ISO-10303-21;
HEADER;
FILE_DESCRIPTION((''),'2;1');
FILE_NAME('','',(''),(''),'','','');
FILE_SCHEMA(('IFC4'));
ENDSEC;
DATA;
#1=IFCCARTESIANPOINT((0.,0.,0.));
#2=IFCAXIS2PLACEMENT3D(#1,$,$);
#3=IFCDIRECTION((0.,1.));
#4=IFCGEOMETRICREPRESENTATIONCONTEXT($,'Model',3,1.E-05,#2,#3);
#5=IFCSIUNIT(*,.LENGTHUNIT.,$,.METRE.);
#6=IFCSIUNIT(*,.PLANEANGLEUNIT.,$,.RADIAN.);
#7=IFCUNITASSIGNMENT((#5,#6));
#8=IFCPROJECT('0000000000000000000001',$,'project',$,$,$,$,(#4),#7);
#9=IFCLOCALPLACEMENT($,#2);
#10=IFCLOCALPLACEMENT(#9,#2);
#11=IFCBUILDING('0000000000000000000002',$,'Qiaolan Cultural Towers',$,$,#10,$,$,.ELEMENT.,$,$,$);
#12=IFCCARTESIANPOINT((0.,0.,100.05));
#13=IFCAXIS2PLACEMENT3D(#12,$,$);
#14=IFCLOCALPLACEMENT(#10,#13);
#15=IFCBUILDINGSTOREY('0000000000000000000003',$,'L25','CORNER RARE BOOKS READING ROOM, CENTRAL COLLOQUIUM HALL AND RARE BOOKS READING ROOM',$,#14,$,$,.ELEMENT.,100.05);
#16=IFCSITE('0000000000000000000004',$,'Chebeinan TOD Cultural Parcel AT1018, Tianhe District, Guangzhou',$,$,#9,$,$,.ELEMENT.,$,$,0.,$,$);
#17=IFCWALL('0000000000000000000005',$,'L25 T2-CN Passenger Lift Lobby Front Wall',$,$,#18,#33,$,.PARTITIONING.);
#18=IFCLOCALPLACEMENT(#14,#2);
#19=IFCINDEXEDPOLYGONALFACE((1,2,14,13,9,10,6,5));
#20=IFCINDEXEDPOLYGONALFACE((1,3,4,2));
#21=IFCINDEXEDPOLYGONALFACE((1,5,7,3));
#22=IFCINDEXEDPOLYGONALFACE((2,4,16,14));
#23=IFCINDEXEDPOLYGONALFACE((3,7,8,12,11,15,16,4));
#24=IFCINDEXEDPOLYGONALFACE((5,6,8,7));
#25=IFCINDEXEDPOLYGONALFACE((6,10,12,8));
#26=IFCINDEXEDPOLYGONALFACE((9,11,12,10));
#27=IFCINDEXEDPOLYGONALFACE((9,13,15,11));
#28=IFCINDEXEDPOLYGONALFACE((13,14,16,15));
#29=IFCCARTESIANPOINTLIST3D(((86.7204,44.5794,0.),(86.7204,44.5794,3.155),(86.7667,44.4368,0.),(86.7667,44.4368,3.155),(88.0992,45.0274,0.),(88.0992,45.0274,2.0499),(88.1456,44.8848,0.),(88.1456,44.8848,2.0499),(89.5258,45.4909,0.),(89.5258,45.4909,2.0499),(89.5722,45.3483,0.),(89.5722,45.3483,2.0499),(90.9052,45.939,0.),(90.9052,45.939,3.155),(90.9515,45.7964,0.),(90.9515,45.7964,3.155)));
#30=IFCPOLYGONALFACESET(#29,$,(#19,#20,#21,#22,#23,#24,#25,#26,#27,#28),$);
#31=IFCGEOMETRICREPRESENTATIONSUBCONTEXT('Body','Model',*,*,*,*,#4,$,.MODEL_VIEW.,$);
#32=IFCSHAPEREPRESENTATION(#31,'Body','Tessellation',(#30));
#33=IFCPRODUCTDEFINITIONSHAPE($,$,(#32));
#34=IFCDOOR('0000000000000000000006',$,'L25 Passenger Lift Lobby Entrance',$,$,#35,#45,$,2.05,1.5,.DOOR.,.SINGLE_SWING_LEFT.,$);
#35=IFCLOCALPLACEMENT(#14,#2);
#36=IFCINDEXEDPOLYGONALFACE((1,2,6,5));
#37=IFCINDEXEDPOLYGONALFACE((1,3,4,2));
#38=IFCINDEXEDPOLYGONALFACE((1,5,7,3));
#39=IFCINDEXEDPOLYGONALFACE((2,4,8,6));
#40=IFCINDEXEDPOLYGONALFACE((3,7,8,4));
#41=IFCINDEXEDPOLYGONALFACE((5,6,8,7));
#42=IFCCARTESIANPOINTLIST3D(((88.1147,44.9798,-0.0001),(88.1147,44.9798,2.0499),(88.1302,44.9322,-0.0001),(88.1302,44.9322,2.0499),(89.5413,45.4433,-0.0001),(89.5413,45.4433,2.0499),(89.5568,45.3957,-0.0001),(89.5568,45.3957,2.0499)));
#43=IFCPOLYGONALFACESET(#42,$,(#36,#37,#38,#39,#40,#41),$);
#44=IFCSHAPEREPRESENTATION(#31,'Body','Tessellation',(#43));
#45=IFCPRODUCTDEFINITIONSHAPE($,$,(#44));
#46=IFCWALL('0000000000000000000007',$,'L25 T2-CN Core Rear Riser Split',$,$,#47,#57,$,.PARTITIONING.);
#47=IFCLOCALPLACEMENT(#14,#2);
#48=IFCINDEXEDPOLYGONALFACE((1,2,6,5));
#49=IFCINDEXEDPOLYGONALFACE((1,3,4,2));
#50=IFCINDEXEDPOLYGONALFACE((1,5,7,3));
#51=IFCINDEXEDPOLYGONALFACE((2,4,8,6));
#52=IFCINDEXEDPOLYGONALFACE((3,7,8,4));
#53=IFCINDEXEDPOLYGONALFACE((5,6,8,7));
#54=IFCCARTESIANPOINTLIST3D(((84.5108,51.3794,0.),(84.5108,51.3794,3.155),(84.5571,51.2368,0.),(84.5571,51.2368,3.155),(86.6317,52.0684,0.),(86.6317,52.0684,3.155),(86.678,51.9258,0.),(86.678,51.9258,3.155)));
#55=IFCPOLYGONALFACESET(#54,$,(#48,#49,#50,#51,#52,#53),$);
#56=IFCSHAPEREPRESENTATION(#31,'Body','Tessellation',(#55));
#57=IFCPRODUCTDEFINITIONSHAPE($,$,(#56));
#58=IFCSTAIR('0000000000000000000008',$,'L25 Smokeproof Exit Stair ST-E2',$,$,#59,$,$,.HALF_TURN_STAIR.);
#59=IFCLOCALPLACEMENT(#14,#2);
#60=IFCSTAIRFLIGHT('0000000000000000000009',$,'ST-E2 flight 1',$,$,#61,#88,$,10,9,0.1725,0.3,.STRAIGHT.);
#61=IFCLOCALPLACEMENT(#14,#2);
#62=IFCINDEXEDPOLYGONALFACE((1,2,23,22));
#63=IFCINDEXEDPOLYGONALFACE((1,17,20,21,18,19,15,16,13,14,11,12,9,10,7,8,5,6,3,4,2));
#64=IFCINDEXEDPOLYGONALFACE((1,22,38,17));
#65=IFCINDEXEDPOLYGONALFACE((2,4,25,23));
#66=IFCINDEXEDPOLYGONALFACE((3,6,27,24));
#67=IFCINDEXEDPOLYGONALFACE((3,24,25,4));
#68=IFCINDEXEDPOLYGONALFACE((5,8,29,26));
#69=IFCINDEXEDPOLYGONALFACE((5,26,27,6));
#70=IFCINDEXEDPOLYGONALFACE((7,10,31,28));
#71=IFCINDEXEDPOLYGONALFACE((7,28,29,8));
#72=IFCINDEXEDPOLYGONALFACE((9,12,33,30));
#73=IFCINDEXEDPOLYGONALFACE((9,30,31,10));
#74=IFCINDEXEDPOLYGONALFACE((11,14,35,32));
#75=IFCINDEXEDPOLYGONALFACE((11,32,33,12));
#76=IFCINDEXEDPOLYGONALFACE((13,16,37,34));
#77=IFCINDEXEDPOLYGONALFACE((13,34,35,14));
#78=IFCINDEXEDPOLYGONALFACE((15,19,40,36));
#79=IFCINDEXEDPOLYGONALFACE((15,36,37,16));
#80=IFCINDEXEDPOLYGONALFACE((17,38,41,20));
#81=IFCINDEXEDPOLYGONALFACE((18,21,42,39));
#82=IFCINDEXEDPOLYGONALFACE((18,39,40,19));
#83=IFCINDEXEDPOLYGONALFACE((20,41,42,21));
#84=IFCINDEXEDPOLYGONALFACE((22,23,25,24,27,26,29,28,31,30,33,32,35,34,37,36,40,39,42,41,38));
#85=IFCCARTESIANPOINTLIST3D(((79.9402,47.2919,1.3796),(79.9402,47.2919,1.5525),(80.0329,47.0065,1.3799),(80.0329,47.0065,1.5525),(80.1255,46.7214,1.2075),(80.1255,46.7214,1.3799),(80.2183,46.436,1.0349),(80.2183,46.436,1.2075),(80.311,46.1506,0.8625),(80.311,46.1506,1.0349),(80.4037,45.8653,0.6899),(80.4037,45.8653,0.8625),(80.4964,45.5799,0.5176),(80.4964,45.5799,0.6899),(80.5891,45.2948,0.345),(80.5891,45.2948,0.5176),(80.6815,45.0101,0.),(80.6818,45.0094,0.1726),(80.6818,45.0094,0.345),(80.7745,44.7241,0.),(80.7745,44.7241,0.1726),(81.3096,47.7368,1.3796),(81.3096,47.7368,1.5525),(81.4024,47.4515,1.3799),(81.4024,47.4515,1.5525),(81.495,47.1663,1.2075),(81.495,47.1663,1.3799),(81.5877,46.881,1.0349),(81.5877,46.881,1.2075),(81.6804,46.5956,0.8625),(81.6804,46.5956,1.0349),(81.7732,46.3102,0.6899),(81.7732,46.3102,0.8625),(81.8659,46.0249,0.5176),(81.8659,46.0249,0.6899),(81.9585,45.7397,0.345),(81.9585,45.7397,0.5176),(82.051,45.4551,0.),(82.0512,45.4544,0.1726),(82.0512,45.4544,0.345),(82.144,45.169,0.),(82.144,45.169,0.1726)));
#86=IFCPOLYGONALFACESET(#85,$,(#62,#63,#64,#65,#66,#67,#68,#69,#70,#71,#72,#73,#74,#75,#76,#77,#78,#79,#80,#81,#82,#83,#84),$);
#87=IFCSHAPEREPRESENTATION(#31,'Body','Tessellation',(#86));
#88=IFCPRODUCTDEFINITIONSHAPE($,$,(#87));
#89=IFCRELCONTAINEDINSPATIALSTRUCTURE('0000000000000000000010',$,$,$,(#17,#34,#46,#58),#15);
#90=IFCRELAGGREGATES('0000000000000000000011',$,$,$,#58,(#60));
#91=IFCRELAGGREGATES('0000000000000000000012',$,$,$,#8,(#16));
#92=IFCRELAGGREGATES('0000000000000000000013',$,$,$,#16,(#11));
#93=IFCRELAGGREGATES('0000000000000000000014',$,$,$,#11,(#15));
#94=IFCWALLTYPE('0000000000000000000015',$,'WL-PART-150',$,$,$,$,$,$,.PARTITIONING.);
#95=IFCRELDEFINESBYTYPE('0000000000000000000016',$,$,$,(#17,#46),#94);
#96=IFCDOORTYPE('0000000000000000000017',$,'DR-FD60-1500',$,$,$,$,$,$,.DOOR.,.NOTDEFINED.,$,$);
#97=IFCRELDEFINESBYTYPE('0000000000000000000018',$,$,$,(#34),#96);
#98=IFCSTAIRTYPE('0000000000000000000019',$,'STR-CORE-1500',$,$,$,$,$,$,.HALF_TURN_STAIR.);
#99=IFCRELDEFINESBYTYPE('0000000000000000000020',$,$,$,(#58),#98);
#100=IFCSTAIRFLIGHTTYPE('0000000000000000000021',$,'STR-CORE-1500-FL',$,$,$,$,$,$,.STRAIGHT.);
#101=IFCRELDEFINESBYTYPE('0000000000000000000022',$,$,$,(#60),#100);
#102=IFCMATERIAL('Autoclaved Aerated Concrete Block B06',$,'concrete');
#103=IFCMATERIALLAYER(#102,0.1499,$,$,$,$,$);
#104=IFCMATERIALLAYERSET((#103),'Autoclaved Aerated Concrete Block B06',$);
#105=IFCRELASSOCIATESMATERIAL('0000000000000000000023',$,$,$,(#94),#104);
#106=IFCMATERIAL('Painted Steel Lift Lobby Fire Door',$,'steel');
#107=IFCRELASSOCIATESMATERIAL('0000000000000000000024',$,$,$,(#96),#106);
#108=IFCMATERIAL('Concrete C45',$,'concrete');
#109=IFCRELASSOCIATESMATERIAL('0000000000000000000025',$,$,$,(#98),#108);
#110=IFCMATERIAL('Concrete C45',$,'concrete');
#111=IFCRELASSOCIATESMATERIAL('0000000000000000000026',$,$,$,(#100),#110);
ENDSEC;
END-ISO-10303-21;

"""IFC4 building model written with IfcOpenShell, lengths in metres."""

from ifc_helpers import new_model, si_unit, direction, frame, frame_2d, origin, place, context, subcontext, project, spatial, polyline, rectangle, outline, extrude, material, layer, layer_set, type_object, element, fill, aggregate, save


model = new_model("IFC4")

# Units and contexts
model_context = context("Model", 3, precision=1e-05, world=origin(), true_north=direction((0.0, 1.0)))
body_context = subcontext(model_context, "Body", "Model", "MODEL_VIEW")
ifc_project = project(units=[si_unit("LENGTHUNIT", "METRE"), si_unit("PLANEANGLEUNIT", "RADIAN")], contexts=[model_context])

# Site, building, storey
site_placement = place(None, origin())
site = spatial("IfcSite", under=ifc_project, at=site_placement, Name="Chebeinan TOD Cultural Parcel AT1018, Tianhe District, Guangzhou", CompositionType="ELEMENT", RefElevation=0.0)
building_placement = place(site_placement, origin())
building = spatial("IfcBuilding", under=site, at=building_placement, Name="Qiaolan Cultural Towers", CompositionType="ELEMENT")
storey_placement = place(building_placement, frame((0.0, 0.0, 100.05)))
storey = spatial("IfcBuildingStorey", under=building, at=storey_placement, Name="L25", Description="CORNER RARE BOOKS READING ROOM, CENTRAL COLLOQUIUM HALL AND RARE BOOKS READING ROOM", CompositionType="ELEMENT", Elevation=100.05)

# Wall, opening, door
ifc_material_1 = material(Name="Autoclaved Aerated Concrete Block B06", Category="concrete")
ifc_layer_1 = layer(ifc_material_1, 0.1499)
ifc_layer_set_1 = layer_set([ifc_layer_1], Name="Autoclaved Aerated Concrete Block B06")
wall_type_1 = type_object("IfcWallType", Name="WL-PART-150", PredefinedType="PARTITIONING", material=ifc_layer_set_1)
wall_1_placement = place(storey_placement, frame((86.7434, 44.5081, 0.0), z_axis=(0.0, 0.0, 1.0), x_axis=(0.951064, 0.308994, 0.0)))
wall_1 = element("IfcWall", 1, at=wall_1_placement, inside=storey, type_object=wall_type_1, Name="L25 T2-CN Passenger Lift Lobby Front Wall", PredefinedType="PARTITIONING", context=body_context, shape_type="SweptSolid", body=[
    extrude(rectangle(XDim=4.4001, YDim=0.1499, at=frame_2d((2.2002, 0.0))), origin(), (0.0, 0.0, 1.0), 3.155),
])
opening_1_placement = place(wall_1_placement, frame((1.45, 0.0, 0.0)))
opening_1 = element("IfcOpeningElement", 2, at=opening_1_placement, cuts=wall_1, PredefinedType="OPENING", context=body_context, shape_type="SweptSolid", body=[
    extrude(rectangle(XDim=1.5, YDim=2.05, at=frame_2d((0.75, 1.0249))), frame((0.0, 0.085, 0.0), z_axis=(0.0, -1.0, 0.0), x_axis=(1.0, 0.0, 0.0)), (0.0, 0.0, 1.0), 0.1699),
])
ifc_material_2 = material(Name="Painted Steel Lift Lobby Fire Door", Category="steel")
door_type_1 = type_object("IfcDoorType", Name="DR-FD60-1500", OperationType="NOTDEFINED", PredefinedType="DOOR", material=ifc_material_2)
door_1_placement = place(opening_1_placement, origin())
door_1 = element("IfcDoor", 3, at=door_1_placement, inside=storey, type_object=door_type_1, Name="L25 Passenger Lift Lobby Entrance", OperationType="SINGLE_SWING_LEFT", OverallHeight=2.05, OverallWidth=1.5, PredefinedType="DOOR", context=body_context, shape_type="SweptSolid", body=[
    extrude(rectangle(XDim=1.5, YDim=2.05, at=frame_2d((0.75, 1.0249))), frame((0.0, 0.0249, 0.0), z_axis=(0.0, -1.0, 0.0), x_axis=(1.0, 0.0, 0.0)), (0.0, 0.0, 1.0), 0.05),
])
fill(opening_1, door_1)

# Wall
wall_2_placement = place(storey_placement, frame((84.5339, 51.3081, 0.0), z_axis=(0.0, 0.0, 1.0), x_axis=(0.951075, 0.30896, 0.0)))
element("IfcWall", 4, at=wall_2_placement, inside=storey, type_object=wall_type_1, Name="L25 T2-CN Core Rear Riser Split", PredefinedType="PARTITIONING", context=body_context, shape_type="SweptSolid", body=[
    extrude(rectangle(XDim=2.23, YDim=0.1499, at=frame_2d((1.115, 0.0))), origin(), (0.0, 0.0, 1.0), 3.155),
])

# Stair, stair flight
ifc_material_3 = material(Name="Concrete C45", Category="concrete")
stair_type = type_object("IfcStairType", Name="STR-CORE-1500", PredefinedType="HALF_TURN_STAIR", material=ifc_material_3)
stair_placement = place(storey_placement, origin())
stair = element("IfcStair", 5, at=stair_placement, inside=storey, type_object=stair_type, Name="L25 Smokeproof Exit Stair ST-E2", PredefinedType="HALF_TURN_STAIR")
ifc_material_4 = material(Name="Concrete C45", Category="concrete")
stair_flight_type = type_object("IfcStairFlightType", Name="STR-CORE-1500-FL", PredefinedType="STRAIGHT", material=ifc_material_4)
stair_flight_placement = place(storey_placement, frame((81.4592, 44.9465, 0.0), z_axis=(0.0, 0.0, 1.0), x_axis=(-0.309017, 0.951057, 0.0)))
stair_flight = element("IfcStairFlight", 6, at=stair_flight_placement, type_object=stair_flight_type, Name="ST-E2 flight 1", NumberOfRisers=10, NumberOfTreads=9, PredefinedType="STRAIGHT", RiserHeight=0.1725, TreadLength=0.3, context=body_context, shape_type="SweptSolid", body=[
    extrude(outline(polyline([(0.0, 0.0), (0.0, 0.1726), (0.3, 0.1726), (0.3, 0.345), (0.6001, 0.345), (0.6001, 0.5176), (0.8999, 0.5176), (0.8999, 0.6899), (1.2, 0.6899), (1.2, 0.8625), (1.5, 0.8625), (1.5, 1.0349), (1.8, 1.0349), (1.8, 1.2075), (2.1001, 1.2075), (2.1001, 1.3799), (2.3999, 1.3799), (2.3999, 1.5525), (2.7, 1.5525), (2.7, 1.7251), (2.7, 1.3796), (0.3008, 0.0), (0.0, 0.0)])), frame((0.0, 0.72, 0.0), z_axis=(0.0, -1.0, 0.0), x_axis=(1.0, 0.0, 0.0)), (0.0, 0.0, 1.0), 1.4399),
])
aggregate(stair, [stair_flight])

save(model, "model.ifc")
